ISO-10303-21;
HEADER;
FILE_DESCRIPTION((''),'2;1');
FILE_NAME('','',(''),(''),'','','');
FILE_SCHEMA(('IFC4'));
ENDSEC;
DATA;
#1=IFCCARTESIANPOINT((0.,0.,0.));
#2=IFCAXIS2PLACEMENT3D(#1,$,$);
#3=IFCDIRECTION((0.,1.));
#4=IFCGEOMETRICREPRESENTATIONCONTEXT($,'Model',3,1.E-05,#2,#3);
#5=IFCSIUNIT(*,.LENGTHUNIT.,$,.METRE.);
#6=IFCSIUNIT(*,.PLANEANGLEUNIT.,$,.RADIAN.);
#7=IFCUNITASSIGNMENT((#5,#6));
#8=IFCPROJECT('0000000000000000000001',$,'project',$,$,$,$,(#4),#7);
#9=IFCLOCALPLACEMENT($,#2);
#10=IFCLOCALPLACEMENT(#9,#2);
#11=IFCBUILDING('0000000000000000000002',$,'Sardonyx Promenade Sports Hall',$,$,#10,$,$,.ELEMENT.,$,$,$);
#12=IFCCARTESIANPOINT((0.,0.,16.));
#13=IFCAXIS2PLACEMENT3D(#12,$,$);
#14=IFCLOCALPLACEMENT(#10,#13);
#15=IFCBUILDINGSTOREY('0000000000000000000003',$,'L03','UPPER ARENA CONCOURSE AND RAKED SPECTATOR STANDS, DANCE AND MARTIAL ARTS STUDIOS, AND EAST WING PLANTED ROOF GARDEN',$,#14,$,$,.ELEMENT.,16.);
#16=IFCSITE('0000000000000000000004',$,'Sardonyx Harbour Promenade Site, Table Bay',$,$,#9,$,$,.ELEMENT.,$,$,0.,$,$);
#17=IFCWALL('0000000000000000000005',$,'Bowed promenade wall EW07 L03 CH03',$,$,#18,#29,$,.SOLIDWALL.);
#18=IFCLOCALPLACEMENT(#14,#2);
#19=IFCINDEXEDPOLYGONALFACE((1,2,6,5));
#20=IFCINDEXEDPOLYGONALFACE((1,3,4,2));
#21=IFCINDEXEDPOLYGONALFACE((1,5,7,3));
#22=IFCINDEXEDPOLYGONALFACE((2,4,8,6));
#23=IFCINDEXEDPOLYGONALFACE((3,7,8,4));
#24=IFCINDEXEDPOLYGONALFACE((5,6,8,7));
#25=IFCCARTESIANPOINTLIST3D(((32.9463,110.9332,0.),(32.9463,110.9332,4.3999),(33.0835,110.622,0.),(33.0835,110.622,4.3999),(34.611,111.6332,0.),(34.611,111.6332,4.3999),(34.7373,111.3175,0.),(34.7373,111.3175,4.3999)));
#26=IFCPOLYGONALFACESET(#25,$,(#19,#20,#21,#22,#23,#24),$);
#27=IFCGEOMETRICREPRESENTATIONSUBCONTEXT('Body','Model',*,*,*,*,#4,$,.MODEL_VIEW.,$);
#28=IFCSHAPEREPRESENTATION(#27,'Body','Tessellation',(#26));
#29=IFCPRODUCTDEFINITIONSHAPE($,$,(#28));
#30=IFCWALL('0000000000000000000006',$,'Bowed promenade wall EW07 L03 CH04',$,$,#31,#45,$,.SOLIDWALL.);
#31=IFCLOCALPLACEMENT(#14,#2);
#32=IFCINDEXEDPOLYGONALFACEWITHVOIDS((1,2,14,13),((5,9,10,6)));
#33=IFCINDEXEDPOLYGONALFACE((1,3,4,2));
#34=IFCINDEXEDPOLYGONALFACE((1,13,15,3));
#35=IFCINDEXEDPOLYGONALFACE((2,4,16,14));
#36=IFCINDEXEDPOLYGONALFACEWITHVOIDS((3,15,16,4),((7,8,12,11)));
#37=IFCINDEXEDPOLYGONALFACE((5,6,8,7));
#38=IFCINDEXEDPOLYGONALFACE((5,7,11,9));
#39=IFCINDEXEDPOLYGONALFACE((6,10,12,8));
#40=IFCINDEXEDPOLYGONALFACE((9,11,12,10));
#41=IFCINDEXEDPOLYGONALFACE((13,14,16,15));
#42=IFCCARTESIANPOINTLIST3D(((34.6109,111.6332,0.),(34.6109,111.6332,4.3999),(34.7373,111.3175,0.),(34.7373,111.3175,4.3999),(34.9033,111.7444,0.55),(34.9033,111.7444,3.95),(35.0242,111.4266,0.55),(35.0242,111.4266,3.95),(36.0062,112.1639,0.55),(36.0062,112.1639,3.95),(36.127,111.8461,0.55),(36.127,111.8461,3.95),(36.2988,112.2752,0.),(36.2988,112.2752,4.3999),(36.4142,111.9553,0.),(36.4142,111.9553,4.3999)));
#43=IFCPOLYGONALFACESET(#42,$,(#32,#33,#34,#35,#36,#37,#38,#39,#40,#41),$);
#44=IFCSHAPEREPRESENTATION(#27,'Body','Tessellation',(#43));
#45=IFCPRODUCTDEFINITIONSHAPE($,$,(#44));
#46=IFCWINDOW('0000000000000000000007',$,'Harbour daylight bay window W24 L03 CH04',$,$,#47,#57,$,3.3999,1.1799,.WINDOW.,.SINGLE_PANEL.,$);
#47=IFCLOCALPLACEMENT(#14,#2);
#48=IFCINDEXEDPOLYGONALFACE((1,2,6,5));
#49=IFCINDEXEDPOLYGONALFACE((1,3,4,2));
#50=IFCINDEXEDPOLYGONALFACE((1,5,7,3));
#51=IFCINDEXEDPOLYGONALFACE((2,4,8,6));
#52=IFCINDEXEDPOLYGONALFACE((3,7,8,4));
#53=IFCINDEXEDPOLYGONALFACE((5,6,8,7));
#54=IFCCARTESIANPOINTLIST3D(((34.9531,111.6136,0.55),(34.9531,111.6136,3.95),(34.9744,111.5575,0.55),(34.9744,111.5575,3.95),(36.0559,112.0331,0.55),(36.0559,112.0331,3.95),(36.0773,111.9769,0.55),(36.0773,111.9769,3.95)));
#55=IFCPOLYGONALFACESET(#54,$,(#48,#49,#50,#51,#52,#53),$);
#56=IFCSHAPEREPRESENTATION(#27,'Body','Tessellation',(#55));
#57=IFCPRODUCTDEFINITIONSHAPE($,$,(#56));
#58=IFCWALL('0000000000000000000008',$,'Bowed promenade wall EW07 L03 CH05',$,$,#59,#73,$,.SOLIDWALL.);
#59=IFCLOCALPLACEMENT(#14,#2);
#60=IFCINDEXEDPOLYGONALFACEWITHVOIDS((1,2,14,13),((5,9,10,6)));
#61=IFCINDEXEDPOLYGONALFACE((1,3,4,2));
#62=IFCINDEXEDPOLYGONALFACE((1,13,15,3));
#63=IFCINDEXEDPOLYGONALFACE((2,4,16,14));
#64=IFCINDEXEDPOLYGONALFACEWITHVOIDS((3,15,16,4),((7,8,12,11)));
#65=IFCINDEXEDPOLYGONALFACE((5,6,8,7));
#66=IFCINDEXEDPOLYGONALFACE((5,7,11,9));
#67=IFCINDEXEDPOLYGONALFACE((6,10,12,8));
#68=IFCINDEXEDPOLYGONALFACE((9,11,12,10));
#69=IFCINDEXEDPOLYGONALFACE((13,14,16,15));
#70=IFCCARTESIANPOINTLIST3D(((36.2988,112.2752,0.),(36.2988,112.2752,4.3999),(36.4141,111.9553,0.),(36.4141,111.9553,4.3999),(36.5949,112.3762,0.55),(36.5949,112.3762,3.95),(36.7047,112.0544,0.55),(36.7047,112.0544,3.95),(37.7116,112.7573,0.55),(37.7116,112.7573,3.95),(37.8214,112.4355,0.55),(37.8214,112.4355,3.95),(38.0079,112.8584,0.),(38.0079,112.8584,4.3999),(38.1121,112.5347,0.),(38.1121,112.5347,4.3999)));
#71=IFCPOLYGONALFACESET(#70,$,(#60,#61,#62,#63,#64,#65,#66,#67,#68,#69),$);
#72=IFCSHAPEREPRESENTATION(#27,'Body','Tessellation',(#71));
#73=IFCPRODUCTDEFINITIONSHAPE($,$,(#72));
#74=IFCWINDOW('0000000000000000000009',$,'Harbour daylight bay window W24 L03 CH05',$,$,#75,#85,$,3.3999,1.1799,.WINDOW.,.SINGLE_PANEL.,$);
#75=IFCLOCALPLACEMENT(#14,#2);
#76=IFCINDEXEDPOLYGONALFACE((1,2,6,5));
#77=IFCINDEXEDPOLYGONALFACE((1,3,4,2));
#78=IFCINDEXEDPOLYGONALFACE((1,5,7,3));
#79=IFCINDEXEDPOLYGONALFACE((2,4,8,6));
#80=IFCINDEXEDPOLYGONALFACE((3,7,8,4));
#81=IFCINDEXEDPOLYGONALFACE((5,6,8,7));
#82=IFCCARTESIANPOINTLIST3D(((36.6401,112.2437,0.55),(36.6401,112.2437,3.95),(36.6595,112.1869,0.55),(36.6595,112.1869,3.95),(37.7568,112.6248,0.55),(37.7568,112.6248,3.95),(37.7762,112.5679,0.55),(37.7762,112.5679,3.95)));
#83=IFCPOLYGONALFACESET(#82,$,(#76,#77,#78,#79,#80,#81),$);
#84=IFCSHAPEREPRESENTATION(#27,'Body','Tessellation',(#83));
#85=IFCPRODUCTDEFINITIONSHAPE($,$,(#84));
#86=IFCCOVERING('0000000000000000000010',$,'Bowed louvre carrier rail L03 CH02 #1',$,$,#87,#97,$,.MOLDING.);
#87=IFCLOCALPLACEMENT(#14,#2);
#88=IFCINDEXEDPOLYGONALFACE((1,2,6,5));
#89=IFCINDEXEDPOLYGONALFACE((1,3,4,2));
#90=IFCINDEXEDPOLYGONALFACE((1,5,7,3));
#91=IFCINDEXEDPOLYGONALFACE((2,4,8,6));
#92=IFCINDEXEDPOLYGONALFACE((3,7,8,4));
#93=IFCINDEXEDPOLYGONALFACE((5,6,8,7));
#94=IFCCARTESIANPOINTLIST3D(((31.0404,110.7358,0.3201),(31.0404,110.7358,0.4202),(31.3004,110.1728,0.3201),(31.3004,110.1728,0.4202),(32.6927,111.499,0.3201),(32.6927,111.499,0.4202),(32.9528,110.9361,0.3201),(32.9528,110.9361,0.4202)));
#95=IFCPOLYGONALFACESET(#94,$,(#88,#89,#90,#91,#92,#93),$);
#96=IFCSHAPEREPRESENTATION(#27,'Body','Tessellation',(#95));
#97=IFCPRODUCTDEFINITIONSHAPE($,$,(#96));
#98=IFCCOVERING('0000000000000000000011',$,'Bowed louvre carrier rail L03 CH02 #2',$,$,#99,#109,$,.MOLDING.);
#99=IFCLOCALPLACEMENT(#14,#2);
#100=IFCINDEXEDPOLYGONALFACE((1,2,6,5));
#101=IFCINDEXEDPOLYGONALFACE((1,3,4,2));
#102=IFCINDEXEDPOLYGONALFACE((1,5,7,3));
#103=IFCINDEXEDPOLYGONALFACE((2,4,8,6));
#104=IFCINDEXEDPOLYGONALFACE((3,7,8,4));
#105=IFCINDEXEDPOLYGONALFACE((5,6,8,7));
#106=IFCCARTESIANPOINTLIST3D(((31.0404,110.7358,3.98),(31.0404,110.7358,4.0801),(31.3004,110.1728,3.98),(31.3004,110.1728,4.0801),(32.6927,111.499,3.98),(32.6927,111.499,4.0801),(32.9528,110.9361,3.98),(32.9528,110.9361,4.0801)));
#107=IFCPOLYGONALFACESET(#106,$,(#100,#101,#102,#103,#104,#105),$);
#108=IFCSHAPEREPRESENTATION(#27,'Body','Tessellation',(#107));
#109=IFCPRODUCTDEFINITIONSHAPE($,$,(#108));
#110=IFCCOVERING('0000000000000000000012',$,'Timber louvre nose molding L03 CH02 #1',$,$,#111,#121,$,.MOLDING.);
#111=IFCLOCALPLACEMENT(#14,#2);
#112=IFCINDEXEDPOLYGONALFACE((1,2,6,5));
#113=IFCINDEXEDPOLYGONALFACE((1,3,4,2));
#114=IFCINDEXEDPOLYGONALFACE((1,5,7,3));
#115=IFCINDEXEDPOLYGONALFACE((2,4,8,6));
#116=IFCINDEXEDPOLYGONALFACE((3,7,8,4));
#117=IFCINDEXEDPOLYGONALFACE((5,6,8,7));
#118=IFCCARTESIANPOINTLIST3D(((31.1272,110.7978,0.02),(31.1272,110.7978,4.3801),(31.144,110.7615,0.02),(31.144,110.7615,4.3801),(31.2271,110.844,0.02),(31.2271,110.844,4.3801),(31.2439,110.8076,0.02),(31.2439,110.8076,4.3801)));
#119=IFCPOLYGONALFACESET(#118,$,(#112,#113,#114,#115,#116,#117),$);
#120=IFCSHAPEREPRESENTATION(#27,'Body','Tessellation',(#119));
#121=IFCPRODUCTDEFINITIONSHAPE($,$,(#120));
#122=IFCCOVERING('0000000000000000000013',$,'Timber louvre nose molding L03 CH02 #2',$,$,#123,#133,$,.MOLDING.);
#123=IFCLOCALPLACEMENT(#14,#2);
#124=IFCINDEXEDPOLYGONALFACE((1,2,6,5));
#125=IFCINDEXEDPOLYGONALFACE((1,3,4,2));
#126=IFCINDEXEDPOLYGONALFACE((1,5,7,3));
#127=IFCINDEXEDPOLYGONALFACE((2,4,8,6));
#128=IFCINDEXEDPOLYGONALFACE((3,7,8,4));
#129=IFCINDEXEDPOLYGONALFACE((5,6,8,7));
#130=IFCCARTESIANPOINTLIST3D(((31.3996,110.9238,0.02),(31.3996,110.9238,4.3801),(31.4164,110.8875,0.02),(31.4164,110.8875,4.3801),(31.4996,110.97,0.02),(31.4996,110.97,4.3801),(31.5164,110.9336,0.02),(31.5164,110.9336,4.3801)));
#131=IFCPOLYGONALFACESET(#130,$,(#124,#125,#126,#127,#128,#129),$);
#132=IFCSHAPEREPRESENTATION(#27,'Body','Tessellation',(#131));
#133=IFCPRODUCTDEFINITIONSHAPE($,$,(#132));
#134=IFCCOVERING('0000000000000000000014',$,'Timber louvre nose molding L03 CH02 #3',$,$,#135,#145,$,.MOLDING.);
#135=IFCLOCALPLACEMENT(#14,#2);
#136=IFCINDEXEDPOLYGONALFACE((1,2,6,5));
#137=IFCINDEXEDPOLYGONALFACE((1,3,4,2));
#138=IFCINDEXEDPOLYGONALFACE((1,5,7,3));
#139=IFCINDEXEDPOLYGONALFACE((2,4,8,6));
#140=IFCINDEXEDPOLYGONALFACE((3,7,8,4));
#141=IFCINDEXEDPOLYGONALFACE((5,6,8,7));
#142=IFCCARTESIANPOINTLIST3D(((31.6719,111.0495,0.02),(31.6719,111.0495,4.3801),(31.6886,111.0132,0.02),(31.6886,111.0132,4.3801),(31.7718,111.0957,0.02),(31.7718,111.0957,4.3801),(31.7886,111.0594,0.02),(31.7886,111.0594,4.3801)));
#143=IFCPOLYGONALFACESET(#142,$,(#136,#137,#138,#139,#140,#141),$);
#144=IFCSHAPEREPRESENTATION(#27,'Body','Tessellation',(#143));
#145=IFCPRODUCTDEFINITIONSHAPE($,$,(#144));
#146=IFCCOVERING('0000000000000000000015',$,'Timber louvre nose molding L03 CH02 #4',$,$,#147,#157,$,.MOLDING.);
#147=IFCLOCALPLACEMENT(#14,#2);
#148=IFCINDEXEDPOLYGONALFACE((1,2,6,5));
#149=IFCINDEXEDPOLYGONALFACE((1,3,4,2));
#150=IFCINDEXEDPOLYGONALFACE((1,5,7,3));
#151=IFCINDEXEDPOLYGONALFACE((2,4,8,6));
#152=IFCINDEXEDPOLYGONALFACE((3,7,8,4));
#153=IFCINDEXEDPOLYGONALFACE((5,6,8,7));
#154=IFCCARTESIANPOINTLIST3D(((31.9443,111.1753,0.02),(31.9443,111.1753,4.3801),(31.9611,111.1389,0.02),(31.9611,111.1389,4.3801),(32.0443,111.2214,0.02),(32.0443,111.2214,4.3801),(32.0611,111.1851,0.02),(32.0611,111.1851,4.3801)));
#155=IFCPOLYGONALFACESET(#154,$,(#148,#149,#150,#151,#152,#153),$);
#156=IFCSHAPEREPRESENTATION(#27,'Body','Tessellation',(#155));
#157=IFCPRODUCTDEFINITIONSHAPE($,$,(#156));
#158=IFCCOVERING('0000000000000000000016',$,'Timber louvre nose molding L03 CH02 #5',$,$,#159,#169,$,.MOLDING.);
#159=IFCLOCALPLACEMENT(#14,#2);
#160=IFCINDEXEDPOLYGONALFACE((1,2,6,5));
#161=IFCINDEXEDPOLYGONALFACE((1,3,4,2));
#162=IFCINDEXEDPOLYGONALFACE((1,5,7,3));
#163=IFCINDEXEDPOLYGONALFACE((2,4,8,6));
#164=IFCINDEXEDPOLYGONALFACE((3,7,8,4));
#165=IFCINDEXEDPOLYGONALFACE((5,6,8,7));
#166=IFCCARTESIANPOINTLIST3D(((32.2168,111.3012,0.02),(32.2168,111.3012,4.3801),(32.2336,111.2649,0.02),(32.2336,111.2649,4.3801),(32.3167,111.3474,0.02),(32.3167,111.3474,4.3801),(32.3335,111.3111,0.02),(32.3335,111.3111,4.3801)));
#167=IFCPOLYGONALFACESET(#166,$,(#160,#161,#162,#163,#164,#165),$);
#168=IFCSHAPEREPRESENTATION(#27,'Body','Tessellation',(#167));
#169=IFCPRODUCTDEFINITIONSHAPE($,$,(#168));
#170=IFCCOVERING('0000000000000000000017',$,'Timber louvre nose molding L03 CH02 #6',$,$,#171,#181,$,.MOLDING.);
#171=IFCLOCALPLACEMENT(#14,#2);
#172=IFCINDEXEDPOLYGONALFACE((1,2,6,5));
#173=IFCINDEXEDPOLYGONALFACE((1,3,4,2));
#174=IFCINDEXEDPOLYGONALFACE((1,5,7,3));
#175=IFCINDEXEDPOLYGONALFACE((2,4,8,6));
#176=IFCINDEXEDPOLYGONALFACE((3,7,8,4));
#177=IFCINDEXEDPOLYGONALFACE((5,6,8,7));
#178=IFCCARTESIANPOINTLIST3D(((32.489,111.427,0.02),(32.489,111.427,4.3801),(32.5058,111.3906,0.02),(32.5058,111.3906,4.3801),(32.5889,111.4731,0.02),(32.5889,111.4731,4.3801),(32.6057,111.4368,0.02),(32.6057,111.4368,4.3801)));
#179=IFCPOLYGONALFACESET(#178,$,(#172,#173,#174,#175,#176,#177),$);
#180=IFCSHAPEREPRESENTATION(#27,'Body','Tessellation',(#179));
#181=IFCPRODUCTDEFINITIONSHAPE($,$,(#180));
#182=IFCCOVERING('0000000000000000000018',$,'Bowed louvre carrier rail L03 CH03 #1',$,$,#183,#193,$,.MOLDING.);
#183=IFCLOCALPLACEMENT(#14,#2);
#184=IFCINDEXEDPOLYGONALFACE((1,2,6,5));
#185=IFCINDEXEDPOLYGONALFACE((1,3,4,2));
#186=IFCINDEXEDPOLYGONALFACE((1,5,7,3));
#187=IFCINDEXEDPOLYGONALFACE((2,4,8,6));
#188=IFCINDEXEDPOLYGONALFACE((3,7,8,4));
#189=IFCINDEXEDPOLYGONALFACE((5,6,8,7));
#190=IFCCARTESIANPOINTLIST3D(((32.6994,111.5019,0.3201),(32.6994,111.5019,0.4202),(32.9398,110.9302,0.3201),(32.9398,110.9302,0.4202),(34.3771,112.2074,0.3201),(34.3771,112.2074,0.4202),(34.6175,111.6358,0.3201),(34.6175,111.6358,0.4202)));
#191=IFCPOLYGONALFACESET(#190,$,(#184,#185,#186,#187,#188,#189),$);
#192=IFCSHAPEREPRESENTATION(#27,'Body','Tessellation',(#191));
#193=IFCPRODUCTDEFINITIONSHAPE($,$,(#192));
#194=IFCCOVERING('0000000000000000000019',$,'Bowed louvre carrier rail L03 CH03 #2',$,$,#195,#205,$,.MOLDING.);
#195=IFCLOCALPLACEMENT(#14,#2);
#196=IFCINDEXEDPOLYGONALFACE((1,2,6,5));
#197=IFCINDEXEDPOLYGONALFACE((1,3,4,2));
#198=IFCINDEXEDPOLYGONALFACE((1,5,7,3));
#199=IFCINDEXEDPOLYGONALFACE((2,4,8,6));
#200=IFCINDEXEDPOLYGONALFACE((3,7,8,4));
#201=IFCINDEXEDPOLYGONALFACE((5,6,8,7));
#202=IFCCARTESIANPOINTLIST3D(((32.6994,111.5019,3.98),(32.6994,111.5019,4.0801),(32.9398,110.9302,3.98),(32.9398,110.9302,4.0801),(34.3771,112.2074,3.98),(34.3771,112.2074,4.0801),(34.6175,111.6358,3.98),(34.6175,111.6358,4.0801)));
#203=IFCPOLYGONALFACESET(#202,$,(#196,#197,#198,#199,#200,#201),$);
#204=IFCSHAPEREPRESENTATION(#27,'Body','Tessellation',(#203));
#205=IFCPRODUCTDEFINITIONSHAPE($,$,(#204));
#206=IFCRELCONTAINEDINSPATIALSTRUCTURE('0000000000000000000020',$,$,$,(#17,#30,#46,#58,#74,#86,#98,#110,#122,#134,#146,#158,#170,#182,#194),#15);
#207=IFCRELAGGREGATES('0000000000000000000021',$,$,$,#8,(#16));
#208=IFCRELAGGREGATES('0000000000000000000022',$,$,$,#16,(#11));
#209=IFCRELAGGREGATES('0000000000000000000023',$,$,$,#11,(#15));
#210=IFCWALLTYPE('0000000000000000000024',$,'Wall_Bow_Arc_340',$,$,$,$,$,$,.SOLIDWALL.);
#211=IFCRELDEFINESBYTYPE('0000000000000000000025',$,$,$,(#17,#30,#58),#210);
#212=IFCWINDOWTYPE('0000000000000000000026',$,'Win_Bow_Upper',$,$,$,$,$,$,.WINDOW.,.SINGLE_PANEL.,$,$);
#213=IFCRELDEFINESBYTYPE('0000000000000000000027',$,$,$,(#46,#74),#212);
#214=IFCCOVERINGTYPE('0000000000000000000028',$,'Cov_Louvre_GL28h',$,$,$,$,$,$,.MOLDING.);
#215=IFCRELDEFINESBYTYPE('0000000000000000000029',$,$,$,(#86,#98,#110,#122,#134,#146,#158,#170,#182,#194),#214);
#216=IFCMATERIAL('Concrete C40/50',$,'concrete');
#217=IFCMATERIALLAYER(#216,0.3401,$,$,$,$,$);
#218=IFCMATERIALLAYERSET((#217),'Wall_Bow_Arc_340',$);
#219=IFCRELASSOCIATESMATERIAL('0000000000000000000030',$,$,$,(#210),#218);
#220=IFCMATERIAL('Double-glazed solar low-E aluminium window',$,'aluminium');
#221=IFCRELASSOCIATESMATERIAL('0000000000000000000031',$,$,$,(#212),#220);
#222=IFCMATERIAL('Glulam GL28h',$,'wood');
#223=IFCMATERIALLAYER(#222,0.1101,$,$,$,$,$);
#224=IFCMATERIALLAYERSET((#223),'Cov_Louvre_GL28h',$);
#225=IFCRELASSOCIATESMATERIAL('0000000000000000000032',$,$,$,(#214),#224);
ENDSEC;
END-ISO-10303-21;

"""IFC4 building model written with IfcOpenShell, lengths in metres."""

from ifc_helpers import new_model, si_unit, direction, frame, frame_2d, origin, origin_2d, place, context, subcontext, project, spatial, polyline, rectangle, outline, extrude, material, layer, layer_set, type_object, element, fill, save


model = new_model("IFC4")

# Units and contexts
model_context = context("Model", 3, precision=1e-05, world=origin(), true_north=direction((0.0, 1.0)))
body_context = subcontext(model_context, "Body", "Model", "MODEL_VIEW")
ifc_project = project(units=[si_unit("LENGTHUNIT", "METRE"), si_unit("PLANEANGLEUNIT", "RADIAN")], contexts=[model_context])

# Site, building, storey
site_placement = place(None, origin())
site = spatial("IfcSite", under=ifc_project, at=site_placement, Name="Sardonyx Harbour Promenade Site, Table Bay", CompositionType="ELEMENT", RefElevation=0.0)
building_placement = place(site_placement, origin())
building = spatial("IfcBuilding", under=site, at=building_placement, Name="Sardonyx Promenade Sports Hall", CompositionType="ELEMENT")
storey_placement = place(building_placement, frame((0.0, 0.0, 16.0)))
storey = spatial("IfcBuildingStorey", under=building, at=storey_placement, Name="L03", Description="UPPER ARENA CONCOURSE AND RAKED SPECTATOR STANDS, DANCE AND MARTIAL ARTS STUDIOS, AND EAST WING PLANTED ROOF GARDEN", CompositionType="ELEMENT", Elevation=16.0)

# Wall
ifc_material_1 = material(Name="Concrete C40/50", Category="concrete")
ifc_layer_1 = layer(ifc_material_1, 0.3401)
ifc_layer_set_1 = layer_set([ifc_layer_1], Name="Wall_Bow_Arc_340")
wall_type = type_object("IfcWallType", Name="Wall_Bow_Arc_340", PredefinedType="SOLIDWALL", material=ifc_layer_set_1)
wall_1_placement = place(storey_placement, frame((33.0149, 110.7776, 0.0), z_axis=(0.0, 0.0, 1.0), x_axis=(0.921804, 0.387657, 0.0)))
element("IfcWall", 1, at=wall_1_placement, inside=storey, type_object=wall_type, Name="Bowed promenade wall EW07 L03 CH03", PredefinedType="SOLIDWALL", context=body_context, shape_type="SweptSolid", body=[
    extrude(outline(polyline([(0.0029, -0.17), (1.7971, -0.17), (1.8029, 0.17), (-0.0029, 0.17), (0.0029, -0.17)])), origin(), (0.0, 0.0, 1.0), 4.3999),
])

# Walls, openings, windows
wall_2_placement = place(storey_placement, frame((34.6741, 111.4753, 0.0), z_axis=(0.0, 0.0, 1.0), x_axis=(0.934675, 0.355505, 0.0)))
wall_2 = element("IfcWall", 2, at=wall_2_placement, inside=storey, type_object=wall_type, Name="Bowed promenade wall EW07 L03 CH04", PredefinedType="SOLIDWALL", context=body_context, shape_type="SweptSolid", body=[
    extrude(outline(polyline([(0.0029, -0.17), (1.7971, -0.17), (1.8029, 0.17), (-0.0029, 0.17), (0.0029, -0.17)])), origin(), (0.0, 0.0, 1.0), 4.3999),
])
opening_1_placement = place(wall_2_placement, frame((0.3101, 0.0, 0.55)))
opening_1 = element("IfcOpeningElement", 3, at=opening_1_placement, cuts=wall_2, PredefinedType="OPENING", context=body_context, shape_type="SweptSolid", body=[
    extrude(rectangle(XDim=1.1799, YDim=3.3999, at=frame_2d((0.5898, 1.7))), frame((0.0, 0.18, 0.0), z_axis=(0.0, -1.0, 0.0), x_axis=(1.0, 0.0, 0.0)), (0.0, 0.0, 1.0), 0.36),
])
ifc_material_2 = material(Name="Double-glazed solar low-E aluminium window", Category="aluminium")
window_type = type_object("IfcWindowType", Name="Win_Bow_Upper", PartitioningType="SINGLE_PANEL", PredefinedType="WINDOW", material=ifc_material_2)
window_1_placement = place(opening_1_placement, origin())
window_1 = element("IfcWindow", 4, at=window_1_placement, inside=storey, type_object=window_type, Name="Harbour daylight bay window W24 L03 CH04", OverallHeight=3.3999, OverallWidth=1.1799, PartitioningType="SINGLE_PANEL", PredefinedType="WINDOW", context=body_context, shape_type="SweptSolid", body=[
    extrude(rectangle(XDim=1.1799, YDim=3.3999, at=frame_2d((0.5898, 1.7))), frame((0.0, 0.03, 0.0), z_axis=(0.0, -1.0, 0.0), x_axis=(1.0, 0.0, 0.0)), (0.0, 0.0, 1.0), 0.0601),
])
fill(opening_1, window_1)
wall_3_placement = place(storey_placement, frame((36.3564, 112.1152, 0.0), z_axis=(0.0, 0.0, 1.0), x_axis=(0.946422, 0.322934, 0.0)))
wall_3 = element("IfcWall", 5, at=wall_3_placement, inside=storey, type_object=wall_type, Name="Bowed promenade wall EW07 L03 CH05", PredefinedType="SOLIDWALL", context=body_context, shape_type="SweptSolid", body=[
    extrude(outline(polyline([(0.0029, -0.17), (1.7971, -0.17), (1.8029, 0.17), (-0.0029, 0.17), (0.0029, -0.17)])), origin(), (0.0, 0.0, 1.0), 4.3999),
])
opening_2_placement = place(wall_3_placement, frame((0.3101, 0.0, 0.55)))
opening_2 = element("IfcOpeningElement", 6, at=opening_2_placement, cuts=wall_3, PredefinedType="OPENING", context=body_context, shape_type="SweptSolid", body=[
    extrude(rectangle(XDim=1.1799, YDim=3.3999, at=frame_2d((0.5898, 1.7))), frame((0.0, 0.18, 0.0), z_axis=(0.0, -1.0, 0.0), x_axis=(1.0, 0.0, 0.0)), (0.0, 0.0, 1.0), 0.36),
])
window_2_placement = place(opening_2_placement, origin())
window_2 = element("IfcWindow", 7, at=window_2_placement, inside=storey, type_object=window_type, Name="Harbour daylight bay window W24 L03 CH05", OverallHeight=3.3999, OverallWidth=1.1799, PartitioningType="SINGLE_PANEL", PredefinedType="WINDOW", context=body_context, shape_type="SweptSolid", body=[
    extrude(rectangle(XDim=1.1799, YDim=3.3999, at=frame_2d((0.5898, 1.7))), frame((0.0, 0.03, 0.0), z_axis=(0.0, -1.0, 0.0), x_axis=(1.0, 0.0, 0.0)), (0.0, 0.0, 1.0), 0.0601),
])
fill(opening_2, window_2)

# Coverings
ifc_material_3 = material(Name="Glulam GL28h", Category="wood")
ifc_layer_2 = layer(ifc_material_3, 0.1101)
ifc_layer_set_2 = layer_set([ifc_layer_2], Name="Cov_Louvre_GL28h")
covering_type = type_object("IfcCoveringType", Name="Cov_Louvre_GL28h", PredefinedType="MOLDING", material=ifc_layer_set_2)
for number, where, z_axis, x_axis, name in (
    (8, (31.9966, 110.8359, 0.3201), (0.0, 0.0, 1.0), (0.907831, 0.419336, 0.0), "Bowed louvre carrier rail L03 CH02 #1"),
    (9, (31.9966, 110.8359, 3.98), (0.0, 0.0, 1.0), (0.907831, 0.419336, 0.0), "Bowed louvre carrier rail L03 CH02 #2"),
):
    element("IfcCovering", number, at=place(storey_placement, frame(where, z_axis=z_axis, x_axis=x_axis)), inside=storey, type_object=covering_type, Name=name, PredefinedType="MOLDING", context=body_context, shape_type="SweptSolid", body=[
        extrude(rectangle(XDim=1.8201, YDim=0.6201, at=origin_2d()), origin(), (0.0, 0.0, 1.0), 0.1001),
    ])
for number, where, z_axis, x_axis, name in (
    (10, (31.1855, 110.8027, 0.02), (0.0, 0.0, 1.0), (0.907831, 0.419336, 0.0), "Timber louvre nose molding L03 CH02 #1"),
    (11, (31.458, 110.9287, 0.02), (0.0, 0.0, 1.0), (0.907831, 0.419336, 0.0), "Timber louvre nose molding L03 CH02 #2"),
    (12, (31.7302, 111.0544, 0.02), (0.0, 0.0, 1.0), (0.907831, 0.419336, 0.0), "Timber louvre nose molding L03 CH02 #3"),
    (13, (32.0027, 111.1802, 0.02), (0.0, 0.0, 1.0), (0.907831, 0.419336, 0.0), "Timber louvre nose molding L03 CH02 #4"),
    (14, (32.2751, 111.3062, 0.02), (0.0, 0.0, 1.0), (0.907831, 0.419336, 0.0), "Timber louvre nose molding L03 CH02 #5"),
    (15, (32.5474, 111.4319, 0.02), (0.0, 0.0, 1.0), (0.907831, 0.419336, 0.0), "Timber louvre nose molding L03 CH02 #6"),
):
    element("IfcCovering", number, at=place(storey_placement, frame(where, z_axis=z_axis, x_axis=x_axis)), inside=storey, type_object=covering_type, Name=name, PredefinedType="MOLDING", context=body_context, shape_type="SweptSolid", body=[
        extrude(rectangle(XDim=0.1101, YDim=0.04, at=origin_2d()), origin(), (0.0, 0.0, 1.0), 4.3601),
    ])
for number, where, z_axis, x_axis, name in (
    (16, (33.6584, 111.5688, 0.3201), (0.0, 0.0, 1.0), (0.9218, 0.387665, 0.0), "Bowed louvre carrier rail L03 CH03 #1"),
    (17, (33.6584, 111.5688, 3.98), (0.0, 0.0, 1.0), (0.9218, 0.387665, 0.0), "Bowed louvre carrier rail L03 CH03 #2"),
):
    element("IfcCovering", number, at=place(storey_placement, frame(where, z_axis=z_axis, x_axis=x_axis)), inside=storey, type_object=covering_type, Name=name, PredefinedType="MOLDING", context=body_context, shape_type="SweptSolid", body=[
        extrude(rectangle(XDim=1.8201, YDim=0.6201, at=origin_2d()), origin(), (0.0, 0.0, 1.0), 0.1001),
    ])

save(model, "model.ifc")
